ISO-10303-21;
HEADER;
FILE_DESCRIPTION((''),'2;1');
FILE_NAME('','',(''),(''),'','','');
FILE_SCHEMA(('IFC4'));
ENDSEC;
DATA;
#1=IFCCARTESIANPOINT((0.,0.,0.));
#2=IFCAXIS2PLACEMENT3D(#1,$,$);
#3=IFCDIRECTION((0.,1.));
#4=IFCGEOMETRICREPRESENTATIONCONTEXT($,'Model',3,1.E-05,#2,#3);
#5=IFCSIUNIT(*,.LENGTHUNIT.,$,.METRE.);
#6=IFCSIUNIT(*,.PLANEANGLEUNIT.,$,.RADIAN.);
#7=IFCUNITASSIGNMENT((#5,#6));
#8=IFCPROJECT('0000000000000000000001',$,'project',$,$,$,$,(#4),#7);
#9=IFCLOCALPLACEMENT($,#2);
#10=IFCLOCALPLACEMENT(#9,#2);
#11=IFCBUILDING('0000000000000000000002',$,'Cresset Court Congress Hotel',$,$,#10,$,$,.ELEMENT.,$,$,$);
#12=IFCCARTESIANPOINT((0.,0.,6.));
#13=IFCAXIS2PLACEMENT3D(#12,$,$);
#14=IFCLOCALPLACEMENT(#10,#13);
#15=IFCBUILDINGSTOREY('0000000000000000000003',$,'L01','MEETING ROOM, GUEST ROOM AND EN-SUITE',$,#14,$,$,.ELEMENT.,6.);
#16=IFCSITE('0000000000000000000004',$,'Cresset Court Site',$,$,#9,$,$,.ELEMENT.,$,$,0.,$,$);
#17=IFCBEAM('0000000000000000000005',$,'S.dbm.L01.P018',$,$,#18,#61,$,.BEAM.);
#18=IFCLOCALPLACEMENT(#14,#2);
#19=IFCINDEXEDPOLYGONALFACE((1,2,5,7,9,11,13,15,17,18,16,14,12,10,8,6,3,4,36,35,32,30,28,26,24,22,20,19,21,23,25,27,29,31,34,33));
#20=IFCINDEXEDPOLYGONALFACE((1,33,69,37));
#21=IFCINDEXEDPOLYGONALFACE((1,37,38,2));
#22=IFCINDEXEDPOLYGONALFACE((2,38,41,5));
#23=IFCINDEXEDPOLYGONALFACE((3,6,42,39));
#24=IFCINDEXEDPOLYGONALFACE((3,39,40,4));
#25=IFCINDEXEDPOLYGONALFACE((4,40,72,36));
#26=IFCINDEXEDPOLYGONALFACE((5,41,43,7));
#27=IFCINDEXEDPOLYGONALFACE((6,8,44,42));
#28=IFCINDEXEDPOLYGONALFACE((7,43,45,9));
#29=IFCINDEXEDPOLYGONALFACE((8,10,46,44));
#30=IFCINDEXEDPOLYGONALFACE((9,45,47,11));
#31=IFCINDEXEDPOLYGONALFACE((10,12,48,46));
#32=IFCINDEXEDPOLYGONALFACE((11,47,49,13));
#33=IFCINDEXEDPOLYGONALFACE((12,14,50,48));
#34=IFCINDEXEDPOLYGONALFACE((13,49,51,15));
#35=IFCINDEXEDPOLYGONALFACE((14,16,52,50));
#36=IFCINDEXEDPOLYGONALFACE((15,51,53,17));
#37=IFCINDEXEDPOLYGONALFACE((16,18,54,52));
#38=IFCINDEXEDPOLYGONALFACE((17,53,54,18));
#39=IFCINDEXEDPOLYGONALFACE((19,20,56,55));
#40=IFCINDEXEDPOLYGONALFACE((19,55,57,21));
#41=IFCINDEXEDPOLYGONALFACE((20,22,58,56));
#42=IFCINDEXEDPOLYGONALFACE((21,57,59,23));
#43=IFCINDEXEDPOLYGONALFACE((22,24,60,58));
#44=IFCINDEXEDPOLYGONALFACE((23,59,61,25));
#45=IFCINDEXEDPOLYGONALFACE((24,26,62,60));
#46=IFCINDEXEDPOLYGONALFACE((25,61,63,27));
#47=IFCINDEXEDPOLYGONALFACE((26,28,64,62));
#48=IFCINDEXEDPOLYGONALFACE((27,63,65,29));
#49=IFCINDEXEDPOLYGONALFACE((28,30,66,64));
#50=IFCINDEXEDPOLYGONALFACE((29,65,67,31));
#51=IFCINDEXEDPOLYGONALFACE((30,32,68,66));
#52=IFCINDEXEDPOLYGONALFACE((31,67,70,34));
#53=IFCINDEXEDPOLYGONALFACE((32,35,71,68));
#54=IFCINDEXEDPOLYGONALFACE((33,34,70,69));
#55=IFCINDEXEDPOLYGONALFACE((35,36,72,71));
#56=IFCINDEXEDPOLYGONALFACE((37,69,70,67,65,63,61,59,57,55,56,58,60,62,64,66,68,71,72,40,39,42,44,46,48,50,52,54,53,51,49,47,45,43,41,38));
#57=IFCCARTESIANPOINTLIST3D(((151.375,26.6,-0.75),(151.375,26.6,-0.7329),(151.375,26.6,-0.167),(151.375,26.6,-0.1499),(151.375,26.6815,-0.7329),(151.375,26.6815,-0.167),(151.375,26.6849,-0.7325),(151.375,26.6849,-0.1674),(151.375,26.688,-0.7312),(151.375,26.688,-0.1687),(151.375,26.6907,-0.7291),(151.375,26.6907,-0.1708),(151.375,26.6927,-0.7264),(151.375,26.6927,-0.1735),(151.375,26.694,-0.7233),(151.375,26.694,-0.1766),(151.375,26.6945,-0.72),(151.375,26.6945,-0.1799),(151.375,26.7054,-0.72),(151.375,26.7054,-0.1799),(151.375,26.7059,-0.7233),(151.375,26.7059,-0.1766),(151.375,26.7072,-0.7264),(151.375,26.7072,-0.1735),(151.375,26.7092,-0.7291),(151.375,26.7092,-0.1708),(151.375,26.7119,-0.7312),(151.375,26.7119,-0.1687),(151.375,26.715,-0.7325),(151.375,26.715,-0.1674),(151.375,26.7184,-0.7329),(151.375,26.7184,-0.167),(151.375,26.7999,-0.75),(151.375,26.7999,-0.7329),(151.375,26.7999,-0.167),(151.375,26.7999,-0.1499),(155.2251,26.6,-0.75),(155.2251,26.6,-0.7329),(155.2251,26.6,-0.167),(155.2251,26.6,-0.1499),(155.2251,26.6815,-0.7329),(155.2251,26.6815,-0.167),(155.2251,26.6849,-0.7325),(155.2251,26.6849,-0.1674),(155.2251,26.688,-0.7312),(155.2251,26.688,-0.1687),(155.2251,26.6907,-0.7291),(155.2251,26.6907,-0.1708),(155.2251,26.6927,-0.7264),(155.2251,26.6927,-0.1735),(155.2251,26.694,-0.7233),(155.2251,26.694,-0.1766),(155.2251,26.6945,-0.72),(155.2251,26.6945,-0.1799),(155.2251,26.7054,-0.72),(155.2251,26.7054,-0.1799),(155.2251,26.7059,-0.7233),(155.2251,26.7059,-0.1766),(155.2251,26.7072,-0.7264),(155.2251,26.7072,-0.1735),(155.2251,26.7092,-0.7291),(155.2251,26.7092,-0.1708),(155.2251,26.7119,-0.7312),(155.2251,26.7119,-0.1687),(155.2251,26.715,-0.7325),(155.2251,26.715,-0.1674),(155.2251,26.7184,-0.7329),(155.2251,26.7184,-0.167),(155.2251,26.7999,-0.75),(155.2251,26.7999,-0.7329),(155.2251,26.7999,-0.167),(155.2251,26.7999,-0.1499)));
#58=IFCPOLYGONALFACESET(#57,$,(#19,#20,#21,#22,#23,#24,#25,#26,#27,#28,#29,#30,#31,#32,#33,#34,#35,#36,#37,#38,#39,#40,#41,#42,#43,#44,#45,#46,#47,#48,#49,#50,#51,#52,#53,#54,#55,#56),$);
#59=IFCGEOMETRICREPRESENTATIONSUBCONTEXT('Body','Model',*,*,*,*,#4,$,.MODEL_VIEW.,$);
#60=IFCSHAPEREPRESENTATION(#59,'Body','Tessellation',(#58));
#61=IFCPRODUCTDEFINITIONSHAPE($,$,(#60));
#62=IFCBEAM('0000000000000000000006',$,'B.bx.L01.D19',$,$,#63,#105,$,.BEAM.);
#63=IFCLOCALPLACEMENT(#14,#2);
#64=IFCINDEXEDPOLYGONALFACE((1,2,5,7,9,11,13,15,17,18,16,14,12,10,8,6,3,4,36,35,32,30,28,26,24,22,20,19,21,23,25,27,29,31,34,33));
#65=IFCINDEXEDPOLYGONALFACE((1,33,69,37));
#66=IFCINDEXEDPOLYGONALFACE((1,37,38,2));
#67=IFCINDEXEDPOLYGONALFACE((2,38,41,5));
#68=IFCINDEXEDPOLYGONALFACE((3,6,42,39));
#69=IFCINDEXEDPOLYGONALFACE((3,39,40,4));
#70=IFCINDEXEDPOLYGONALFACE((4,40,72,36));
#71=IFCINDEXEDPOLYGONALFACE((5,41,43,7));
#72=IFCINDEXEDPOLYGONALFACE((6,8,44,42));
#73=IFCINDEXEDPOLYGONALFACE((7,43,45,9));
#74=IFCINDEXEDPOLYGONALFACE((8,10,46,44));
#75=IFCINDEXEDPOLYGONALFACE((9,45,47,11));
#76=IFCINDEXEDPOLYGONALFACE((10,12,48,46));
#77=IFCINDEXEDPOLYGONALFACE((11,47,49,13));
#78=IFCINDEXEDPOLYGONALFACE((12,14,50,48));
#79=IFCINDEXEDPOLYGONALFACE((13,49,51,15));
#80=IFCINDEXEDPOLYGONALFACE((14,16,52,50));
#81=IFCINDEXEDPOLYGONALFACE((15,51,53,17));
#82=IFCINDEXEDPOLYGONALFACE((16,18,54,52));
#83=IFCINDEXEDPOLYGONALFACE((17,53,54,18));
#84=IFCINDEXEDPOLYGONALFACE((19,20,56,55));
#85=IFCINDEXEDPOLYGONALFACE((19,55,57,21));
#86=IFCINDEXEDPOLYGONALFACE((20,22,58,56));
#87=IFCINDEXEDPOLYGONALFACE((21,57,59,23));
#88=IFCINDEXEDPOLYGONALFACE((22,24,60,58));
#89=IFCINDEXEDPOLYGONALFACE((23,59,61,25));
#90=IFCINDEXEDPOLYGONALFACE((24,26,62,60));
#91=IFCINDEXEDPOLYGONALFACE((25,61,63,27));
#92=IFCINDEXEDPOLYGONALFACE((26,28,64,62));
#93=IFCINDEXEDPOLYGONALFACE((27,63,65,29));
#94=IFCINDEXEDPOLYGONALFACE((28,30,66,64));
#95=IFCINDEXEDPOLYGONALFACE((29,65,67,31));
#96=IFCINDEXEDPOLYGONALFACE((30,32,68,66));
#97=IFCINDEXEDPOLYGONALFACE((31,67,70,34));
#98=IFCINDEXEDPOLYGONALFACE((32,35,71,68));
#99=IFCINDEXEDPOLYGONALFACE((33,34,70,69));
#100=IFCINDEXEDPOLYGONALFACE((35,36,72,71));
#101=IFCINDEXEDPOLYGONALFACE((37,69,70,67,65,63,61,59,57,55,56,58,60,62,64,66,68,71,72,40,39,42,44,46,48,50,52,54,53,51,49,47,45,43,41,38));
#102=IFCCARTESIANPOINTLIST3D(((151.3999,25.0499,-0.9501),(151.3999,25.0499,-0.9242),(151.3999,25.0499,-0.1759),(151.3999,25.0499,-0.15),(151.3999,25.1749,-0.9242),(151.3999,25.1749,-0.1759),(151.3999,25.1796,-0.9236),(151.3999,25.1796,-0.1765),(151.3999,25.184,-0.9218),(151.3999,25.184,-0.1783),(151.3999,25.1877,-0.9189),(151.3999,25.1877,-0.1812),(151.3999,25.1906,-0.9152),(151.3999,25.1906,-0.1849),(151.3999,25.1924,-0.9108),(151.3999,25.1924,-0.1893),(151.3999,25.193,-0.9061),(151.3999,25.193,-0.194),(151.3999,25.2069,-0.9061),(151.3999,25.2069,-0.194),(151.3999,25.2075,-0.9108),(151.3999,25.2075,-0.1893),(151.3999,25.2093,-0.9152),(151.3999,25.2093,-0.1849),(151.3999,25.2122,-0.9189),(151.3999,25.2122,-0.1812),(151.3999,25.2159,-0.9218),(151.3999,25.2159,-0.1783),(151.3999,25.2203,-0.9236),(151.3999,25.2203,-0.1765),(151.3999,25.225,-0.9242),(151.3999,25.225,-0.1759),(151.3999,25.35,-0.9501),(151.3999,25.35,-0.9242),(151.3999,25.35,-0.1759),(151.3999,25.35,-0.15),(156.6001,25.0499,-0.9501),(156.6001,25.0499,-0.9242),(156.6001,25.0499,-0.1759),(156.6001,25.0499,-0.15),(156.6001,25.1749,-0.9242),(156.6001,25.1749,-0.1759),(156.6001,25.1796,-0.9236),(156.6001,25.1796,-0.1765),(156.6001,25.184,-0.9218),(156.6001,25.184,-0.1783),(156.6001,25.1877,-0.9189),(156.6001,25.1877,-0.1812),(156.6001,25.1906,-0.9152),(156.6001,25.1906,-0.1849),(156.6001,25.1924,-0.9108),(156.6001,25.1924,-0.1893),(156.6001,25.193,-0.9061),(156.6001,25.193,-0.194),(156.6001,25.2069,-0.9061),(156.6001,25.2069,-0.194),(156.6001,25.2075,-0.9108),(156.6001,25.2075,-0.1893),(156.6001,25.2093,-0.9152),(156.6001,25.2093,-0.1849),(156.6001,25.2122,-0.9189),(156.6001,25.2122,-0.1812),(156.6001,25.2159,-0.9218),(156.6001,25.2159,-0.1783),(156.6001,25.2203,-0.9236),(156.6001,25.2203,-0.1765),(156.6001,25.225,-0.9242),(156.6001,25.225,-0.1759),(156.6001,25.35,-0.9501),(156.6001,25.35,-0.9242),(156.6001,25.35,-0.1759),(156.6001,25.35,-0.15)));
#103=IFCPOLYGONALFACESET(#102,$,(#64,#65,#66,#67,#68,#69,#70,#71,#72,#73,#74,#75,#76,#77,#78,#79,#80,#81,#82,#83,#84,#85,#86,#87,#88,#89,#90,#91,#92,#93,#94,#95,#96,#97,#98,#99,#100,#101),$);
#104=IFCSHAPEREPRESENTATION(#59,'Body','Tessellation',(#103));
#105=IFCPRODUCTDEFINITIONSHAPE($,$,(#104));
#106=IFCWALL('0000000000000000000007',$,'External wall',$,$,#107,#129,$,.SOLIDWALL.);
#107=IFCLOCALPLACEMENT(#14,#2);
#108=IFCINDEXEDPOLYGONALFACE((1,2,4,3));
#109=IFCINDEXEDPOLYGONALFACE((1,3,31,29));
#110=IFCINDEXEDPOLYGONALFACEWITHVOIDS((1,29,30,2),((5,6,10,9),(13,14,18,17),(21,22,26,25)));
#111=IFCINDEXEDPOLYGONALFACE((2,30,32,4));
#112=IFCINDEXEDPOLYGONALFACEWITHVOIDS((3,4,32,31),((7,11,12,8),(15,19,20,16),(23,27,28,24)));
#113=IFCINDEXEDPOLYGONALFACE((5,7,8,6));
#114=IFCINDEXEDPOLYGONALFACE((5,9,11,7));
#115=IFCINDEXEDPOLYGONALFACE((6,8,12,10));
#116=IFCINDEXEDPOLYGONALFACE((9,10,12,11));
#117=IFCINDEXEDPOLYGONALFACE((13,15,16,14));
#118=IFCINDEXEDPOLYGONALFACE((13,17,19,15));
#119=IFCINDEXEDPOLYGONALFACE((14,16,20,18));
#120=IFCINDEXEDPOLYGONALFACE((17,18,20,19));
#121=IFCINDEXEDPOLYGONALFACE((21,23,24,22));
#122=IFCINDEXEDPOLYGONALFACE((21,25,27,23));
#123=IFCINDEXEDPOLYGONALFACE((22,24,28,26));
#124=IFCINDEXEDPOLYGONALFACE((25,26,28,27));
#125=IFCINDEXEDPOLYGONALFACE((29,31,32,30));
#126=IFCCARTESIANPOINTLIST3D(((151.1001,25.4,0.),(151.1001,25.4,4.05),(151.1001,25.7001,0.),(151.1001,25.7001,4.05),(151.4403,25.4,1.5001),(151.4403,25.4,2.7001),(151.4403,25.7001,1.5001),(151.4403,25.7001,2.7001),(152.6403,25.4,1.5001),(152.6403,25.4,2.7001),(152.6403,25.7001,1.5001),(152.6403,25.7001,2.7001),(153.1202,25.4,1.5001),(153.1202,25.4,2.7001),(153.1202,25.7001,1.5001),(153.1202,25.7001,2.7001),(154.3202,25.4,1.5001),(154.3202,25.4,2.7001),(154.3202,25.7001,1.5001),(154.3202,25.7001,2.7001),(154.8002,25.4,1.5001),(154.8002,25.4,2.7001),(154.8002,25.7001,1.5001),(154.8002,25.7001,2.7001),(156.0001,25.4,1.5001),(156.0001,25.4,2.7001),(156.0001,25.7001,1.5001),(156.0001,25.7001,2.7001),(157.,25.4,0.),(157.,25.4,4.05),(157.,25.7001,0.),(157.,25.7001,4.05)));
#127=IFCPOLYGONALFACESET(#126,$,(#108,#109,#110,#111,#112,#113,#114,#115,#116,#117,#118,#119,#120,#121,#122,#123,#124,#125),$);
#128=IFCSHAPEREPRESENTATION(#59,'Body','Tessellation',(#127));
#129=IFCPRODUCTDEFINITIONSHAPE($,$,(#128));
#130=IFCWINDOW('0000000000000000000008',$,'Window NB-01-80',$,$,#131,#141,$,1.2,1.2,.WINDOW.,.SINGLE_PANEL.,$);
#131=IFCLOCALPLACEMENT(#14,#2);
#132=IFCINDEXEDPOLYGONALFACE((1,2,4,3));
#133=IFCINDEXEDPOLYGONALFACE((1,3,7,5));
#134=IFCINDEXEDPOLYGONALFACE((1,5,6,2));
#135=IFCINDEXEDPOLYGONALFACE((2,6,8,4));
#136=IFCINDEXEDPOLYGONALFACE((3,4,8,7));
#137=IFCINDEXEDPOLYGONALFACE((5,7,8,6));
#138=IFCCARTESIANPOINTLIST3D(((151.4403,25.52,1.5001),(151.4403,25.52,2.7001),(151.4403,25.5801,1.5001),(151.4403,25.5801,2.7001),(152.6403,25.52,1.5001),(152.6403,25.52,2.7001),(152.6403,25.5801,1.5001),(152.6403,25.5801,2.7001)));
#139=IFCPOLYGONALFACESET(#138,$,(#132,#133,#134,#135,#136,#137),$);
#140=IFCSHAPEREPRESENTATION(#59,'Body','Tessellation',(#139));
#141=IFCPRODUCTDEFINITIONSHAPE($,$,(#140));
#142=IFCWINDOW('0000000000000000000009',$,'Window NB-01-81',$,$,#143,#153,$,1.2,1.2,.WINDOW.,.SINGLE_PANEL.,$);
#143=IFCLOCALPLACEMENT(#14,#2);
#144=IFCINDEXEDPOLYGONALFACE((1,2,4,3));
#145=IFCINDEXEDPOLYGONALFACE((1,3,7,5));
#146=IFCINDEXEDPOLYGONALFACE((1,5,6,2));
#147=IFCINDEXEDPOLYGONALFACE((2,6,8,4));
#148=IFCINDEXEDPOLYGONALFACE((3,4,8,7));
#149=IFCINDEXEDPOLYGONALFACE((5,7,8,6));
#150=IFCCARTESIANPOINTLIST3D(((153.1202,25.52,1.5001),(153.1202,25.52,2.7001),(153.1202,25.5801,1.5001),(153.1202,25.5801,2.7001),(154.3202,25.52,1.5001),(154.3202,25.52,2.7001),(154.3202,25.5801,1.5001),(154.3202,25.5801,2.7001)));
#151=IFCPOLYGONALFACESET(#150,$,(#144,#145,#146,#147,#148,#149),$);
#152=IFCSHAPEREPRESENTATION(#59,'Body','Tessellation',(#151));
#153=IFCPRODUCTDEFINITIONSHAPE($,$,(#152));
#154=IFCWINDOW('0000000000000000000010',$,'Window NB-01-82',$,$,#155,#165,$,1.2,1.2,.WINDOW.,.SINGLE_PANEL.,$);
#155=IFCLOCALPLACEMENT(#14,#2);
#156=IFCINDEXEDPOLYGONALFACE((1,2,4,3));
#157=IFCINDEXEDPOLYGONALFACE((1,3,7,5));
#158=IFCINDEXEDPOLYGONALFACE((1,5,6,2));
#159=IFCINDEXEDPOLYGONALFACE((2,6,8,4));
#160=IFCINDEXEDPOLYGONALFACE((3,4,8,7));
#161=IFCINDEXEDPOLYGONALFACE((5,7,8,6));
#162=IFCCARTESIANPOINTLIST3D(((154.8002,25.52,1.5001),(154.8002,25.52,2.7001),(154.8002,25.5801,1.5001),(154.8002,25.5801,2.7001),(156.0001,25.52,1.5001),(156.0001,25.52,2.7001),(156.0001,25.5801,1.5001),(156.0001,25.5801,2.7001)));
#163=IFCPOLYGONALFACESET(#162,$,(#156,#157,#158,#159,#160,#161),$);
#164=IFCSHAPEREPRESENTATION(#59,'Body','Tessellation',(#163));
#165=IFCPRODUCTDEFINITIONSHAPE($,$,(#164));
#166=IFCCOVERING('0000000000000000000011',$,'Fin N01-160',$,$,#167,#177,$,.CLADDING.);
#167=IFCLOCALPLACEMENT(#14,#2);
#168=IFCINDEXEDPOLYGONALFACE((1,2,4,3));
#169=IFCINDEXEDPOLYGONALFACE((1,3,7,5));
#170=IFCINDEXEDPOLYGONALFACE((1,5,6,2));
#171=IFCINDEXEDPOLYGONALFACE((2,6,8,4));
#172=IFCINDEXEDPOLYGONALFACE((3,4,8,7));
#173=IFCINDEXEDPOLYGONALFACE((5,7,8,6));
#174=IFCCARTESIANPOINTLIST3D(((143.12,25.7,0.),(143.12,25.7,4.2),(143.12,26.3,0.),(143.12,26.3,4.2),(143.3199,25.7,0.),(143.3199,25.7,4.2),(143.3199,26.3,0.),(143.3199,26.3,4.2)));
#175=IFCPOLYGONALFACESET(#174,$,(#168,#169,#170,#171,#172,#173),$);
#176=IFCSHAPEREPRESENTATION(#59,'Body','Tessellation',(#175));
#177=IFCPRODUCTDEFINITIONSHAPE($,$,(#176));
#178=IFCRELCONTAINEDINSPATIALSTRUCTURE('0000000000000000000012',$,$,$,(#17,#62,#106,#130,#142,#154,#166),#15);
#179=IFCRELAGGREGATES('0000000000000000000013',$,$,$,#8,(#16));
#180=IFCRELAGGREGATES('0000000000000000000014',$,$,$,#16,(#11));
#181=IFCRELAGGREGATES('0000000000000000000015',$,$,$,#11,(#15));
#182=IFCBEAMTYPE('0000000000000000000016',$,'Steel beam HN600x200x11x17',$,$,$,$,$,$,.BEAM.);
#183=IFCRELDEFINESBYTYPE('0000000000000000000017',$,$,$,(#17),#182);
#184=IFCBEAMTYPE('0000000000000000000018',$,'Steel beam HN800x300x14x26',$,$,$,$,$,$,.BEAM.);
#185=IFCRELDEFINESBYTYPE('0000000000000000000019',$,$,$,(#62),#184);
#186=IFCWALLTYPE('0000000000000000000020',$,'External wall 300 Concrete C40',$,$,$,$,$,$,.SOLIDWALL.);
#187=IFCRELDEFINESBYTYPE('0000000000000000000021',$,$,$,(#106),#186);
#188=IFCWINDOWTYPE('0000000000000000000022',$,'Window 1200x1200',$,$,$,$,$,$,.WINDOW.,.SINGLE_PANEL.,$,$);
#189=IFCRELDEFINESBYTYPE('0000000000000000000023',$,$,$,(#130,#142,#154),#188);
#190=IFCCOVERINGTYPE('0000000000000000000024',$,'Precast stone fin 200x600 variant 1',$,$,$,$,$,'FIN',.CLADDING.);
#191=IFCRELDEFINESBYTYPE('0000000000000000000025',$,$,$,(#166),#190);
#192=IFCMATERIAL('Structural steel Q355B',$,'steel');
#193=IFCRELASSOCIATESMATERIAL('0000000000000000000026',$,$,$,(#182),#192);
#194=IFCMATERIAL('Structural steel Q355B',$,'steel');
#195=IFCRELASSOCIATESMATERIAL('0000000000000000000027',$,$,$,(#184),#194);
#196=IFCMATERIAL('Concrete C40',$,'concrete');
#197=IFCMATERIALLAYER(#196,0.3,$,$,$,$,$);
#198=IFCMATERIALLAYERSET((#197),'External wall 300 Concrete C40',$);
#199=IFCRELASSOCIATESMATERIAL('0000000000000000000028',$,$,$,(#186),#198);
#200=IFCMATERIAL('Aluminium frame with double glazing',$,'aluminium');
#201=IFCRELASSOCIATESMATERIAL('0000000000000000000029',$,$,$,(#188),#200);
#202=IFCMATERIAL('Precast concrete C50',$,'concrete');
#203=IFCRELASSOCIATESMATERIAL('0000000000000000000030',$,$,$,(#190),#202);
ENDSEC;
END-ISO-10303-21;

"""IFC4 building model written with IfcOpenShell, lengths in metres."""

from ifc_helpers import new_model, si_unit, direction, frame, frame_2d, origin, origin_2d, place, context, subcontext, project, spatial, rectangle, i_section, extrude, material, layer, layer_set, material_profile, profile_set, type_object, element, fill, save


model = new_model("IFC4")

# Units and contexts
model_context = context("Model", 3, precision=1e-05, world=origin(), true_north=direction((0.0, 1.0)))
body_context = subcontext(model_context, "Body", "Model", "MODEL_VIEW")
ifc_project = project(units=[si_unit("LENGTHUNIT", "METRE"), si_unit("PLANEANGLEUNIT", "RADIAN")], contexts=[model_context])

# Site, building, storey
site_placement = place(None, origin())
site = spatial("IfcSite", under=ifc_project, at=site_placement, Name="Cresset Court Site", CompositionType="ELEMENT", RefElevation=0.0)
building_placement = place(site_placement, origin())
building = spatial("IfcBuilding", under=site, at=building_placement, Name="Cresset Court Congress Hotel", CompositionType="ELEMENT")
storey_placement = place(building_placement, frame((0.0, 0.0, 6.0)))
storey = spatial("IfcBuildingStorey", under=building, at=storey_placement, Name="L01", Description="MEETING ROOM, GUEST ROOM AND EN-SUITE", CompositionType="ELEMENT", Elevation=6.0)

# Beams
ifc_material_1 = material(Name="Structural steel Q355B", Category="steel")
ifc_material_profile_1 = material_profile(ifc_material_1, i_section(OverallWidth=0.2, OverallDepth=0.6001, WebThickness=0.011, FlangeThickness=0.0171, FilletRadius=0.0129, at=origin_2d()), Name="HN600x200x11x17")
ifc_profile_set_1 = profile_set([ifc_material_profile_1], Name="Structural steel Q355B")
beam_type_1 = type_object("IfcBeamType", Name="Steel beam HN600x200x11x17", PredefinedType="BEAM", material=ifc_profile_set_1)
beam_1_placement = place(storey_placement, frame((151.375, 26.7, -0.45), z_axis=(1.0, 0.0, 0.0), x_axis=(0.0, 1.0, 0.0)))
element("IfcBeam", 1, at=beam_1_placement, inside=storey, type_object=beam_type_1, Name="S.dbm.L01.P018", PredefinedType="BEAM", context=body_context, shape_type="SweptSolid", body=[
    extrude(i_section(OverallWidth=0.2, OverallDepth=0.6001, WebThickness=0.011, FlangeThickness=0.0171, FilletRadius=0.0129, at=origin_2d()), origin(), (0.0, 0.0, 1.0), 3.8501),
])
ifc_material_2 = material(Name="Structural steel Q355B", Category="steel")
ifc_material_profile_2 = material_profile(ifc_material_2, i_section(OverallWidth=0.3, OverallDepth=0.8, WebThickness=0.0139, FlangeThickness=0.0259, FilletRadius=0.0181, at=origin_2d()), Name="HN800x300x14x26")
ifc_profile_set_2 = profile_set([ifc_material_profile_2], Name="Structural steel Q355B")
beam_type_2 = type_object("IfcBeamType", Name="Steel beam HN800x300x14x26", PredefinedType="BEAM", material=ifc_profile_set_2)
beam_2_placement = place(storey_placement, frame((151.3999, 25.2, -0.55), z_axis=(1.0, 0.0, 0.0), x_axis=(0.0, 1.0, 0.0)))
element("IfcBeam", 2, at=beam_2_placement, inside=storey, type_object=beam_type_2, Name="B.bx.L01.D19", PredefinedType="BEAM", context=body_context, shape_type="SweptSolid", body=[
    extrude(i_section(OverallWidth=0.3, OverallDepth=0.8, WebThickness=0.0139, FlangeThickness=0.0259, FilletRadius=0.0181, at=origin_2d()), origin(), (0.0, 0.0, 1.0), 5.2002),
])

# Wall, openings, windows
ifc_material_3 = material(Name="Concrete C40", Category="concrete")
ifc_layer = layer(ifc_material_3, 0.3)
ifc_layer_set = layer_set([ifc_layer], Name="External wall 300 Concrete C40")
wall_type = type_object("IfcWallType", Name="External wall 300 Concrete C40", PredefinedType="SOLIDWALL", material=ifc_layer_set)
wall_placement = place(storey_placement, frame((151.1001, 25.55, 0.0), z_axis=(0.0, 0.0, 1.0), x_axis=(1.0, 0.0, 0.0)))
wall = element("IfcWall", 3, at=wall_placement, inside=storey, type_object=wall_type, Name="External wall", PredefinedType="SOLIDWALL", context=body_context, shape_type="SweptSolid", body=[
    extrude(rectangle(XDim=5.8999, YDim=0.3, at=frame_2d((2.95, 0.0))), origin(), (0.0, 0.0, 1.0), 4.05),
])
opening_1_placement = place(wall_placement, frame((0.3401, 0.0, 1.5)))
opening_1 = element("IfcOpeningElement", 4, at=opening_1_placement, cuts=wall, PredefinedType="OPENING", context=body_context, shape_type="SweptSolid", body=[
    extrude(rectangle(XDim=1.2, YDim=1.2, at=frame_2d((0.6001, 0.6001))), frame((0.0, 0.1599, 0.0), z_axis=(0.0, -1.0, 0.0), x_axis=(1.0, 0.0, 0.0)), (0.0, 0.0, 1.0), 0.3201),
])
opening_2_placement = place(wall_placement, frame((2.02, 0.0, 1.5)))
opening_2 = element("IfcOpeningElement", 5, at=opening_2_placement, cuts=wall, PredefinedType="OPENING", context=body_context, shape_type="SweptSolid", body=[
    extrude(rectangle(XDim=1.2, YDim=1.2, at=frame_2d((0.6001, 0.6001))), frame((0.0, 0.1599, 0.0), z_axis=(0.0, -1.0, 0.0), x_axis=(1.0, 0.0, 0.0)), (0.0, 0.0, 1.0), 0.3201),
])
opening_3_placement = place(wall_placement, frame((3.7, 0.0, 1.5)))
opening_3 = element("IfcOpeningElement", 6, at=opening_3_placement, cuts=wall, PredefinedType="OPENING", context=body_context, shape_type="SweptSolid", body=[
    extrude(rectangle(XDim=1.2, YDim=1.2, at=frame_2d((0.6001, 0.6001))), frame((0.0, 0.1599, 0.0), z_axis=(0.0, -1.0, 0.0), x_axis=(1.0, 0.0, 0.0)), (0.0, 0.0, 1.0), 0.3201),
])
ifc_material_4 = material(Name="Aluminium frame with double glazing", Category="aluminium")
window_type = type_object("IfcWindowType", Name="Window 1200x1200", PartitioningType="SINGLE_PANEL", PredefinedType="WINDOW", material=ifc_material_4)
window_1_placement = place(opening_1_placement, origin())
window_1 = element("IfcWindow", 7, at=window_1_placement, inside=storey, type_object=window_type, Name="Window NB-01-80", OverallHeight=1.2, OverallWidth=1.2, PartitioningType="SINGLE_PANEL", PredefinedType="WINDOW", context=body_context, shape_type="SweptSolid", body=[
    extrude(rectangle(XDim=1.2, YDim=1.2, at=frame_2d((0.6001, 0.6001))), frame((0.0, 0.03, 0.0), z_axis=(0.0, -1.0, 0.0), x_axis=(1.0, 0.0, 0.0)), (0.0, 0.0, 1.0), 0.0601),
])
fill(opening_1, window_1)
window_2_placement = place(opening_2_placement, origin())
window_2 = element("IfcWindow", 8, at=window_2_placement, inside=storey, type_object=window_type, Name="Window NB-01-81", OverallHeight=1.2, OverallWidth=1.2, PartitioningType="SINGLE_PANEL", PredefinedType="WINDOW", context=body_context, shape_type="SweptSolid", body=[
    extrude(rectangle(XDim=1.2, YDim=1.2, at=frame_2d((0.6001, 0.6001))), frame((0.0, 0.03, 0.0), z_axis=(0.0, -1.0, 0.0), x_axis=(1.0, 0.0, 0.0)), (0.0, 0.0, 1.0), 0.0601),
])
fill(opening_2, window_2)
window_3_placement = place(opening_3_placement, origin())
window_3 = element("IfcWindow", 9, at=window_3_placement, inside=storey, type_object=window_type, Name="Window NB-01-82", OverallHeight=1.2, OverallWidth=1.2, PartitioningType="SINGLE_PANEL", PredefinedType="WINDOW", context=body_context, shape_type="SweptSolid", body=[
    extrude(rectangle(XDim=1.2, YDim=1.2, at=frame_2d((0.6001, 0.6001))), frame((0.0, 0.03, 0.0), z_axis=(0.0, -1.0, 0.0), x_axis=(1.0, 0.0, 0.0)), (0.0, 0.0, 1.0), 0.0601),
])
fill(opening_3, window_3)

# Covering
ifc_material_5 = material(Name="Precast concrete C50", Category="concrete")
covering_type_1 = type_object("IfcCoveringType", Name="Precast stone fin 200x600 variant 1", ElementType="FIN", PredefinedType="CLADDING", material=ifc_material_5)
for number, where, z_axis, x_axis, name in (
    (10, (143.22, 26.0, 0.0), (0.0, 0.0, 1.0), (1.0, 0.0, 0.0), "Fin N01-160"),
):
    element("IfcCovering", number, at=place(storey_placement, frame(where, z_axis=z_axis, x_axis=x_axis)), inside=storey, type_object=covering_type_1, Name=name, PredefinedType="CLADDING", context=body_context, shape_type="SweptSolid", body=[
        extrude(rectangle(XDim=0.2, YDim=0.6001, at=origin_2d()), origin(), (0.0, 0.0, 1.0), 4.2),
    ])

save(model, "model.ifc")
